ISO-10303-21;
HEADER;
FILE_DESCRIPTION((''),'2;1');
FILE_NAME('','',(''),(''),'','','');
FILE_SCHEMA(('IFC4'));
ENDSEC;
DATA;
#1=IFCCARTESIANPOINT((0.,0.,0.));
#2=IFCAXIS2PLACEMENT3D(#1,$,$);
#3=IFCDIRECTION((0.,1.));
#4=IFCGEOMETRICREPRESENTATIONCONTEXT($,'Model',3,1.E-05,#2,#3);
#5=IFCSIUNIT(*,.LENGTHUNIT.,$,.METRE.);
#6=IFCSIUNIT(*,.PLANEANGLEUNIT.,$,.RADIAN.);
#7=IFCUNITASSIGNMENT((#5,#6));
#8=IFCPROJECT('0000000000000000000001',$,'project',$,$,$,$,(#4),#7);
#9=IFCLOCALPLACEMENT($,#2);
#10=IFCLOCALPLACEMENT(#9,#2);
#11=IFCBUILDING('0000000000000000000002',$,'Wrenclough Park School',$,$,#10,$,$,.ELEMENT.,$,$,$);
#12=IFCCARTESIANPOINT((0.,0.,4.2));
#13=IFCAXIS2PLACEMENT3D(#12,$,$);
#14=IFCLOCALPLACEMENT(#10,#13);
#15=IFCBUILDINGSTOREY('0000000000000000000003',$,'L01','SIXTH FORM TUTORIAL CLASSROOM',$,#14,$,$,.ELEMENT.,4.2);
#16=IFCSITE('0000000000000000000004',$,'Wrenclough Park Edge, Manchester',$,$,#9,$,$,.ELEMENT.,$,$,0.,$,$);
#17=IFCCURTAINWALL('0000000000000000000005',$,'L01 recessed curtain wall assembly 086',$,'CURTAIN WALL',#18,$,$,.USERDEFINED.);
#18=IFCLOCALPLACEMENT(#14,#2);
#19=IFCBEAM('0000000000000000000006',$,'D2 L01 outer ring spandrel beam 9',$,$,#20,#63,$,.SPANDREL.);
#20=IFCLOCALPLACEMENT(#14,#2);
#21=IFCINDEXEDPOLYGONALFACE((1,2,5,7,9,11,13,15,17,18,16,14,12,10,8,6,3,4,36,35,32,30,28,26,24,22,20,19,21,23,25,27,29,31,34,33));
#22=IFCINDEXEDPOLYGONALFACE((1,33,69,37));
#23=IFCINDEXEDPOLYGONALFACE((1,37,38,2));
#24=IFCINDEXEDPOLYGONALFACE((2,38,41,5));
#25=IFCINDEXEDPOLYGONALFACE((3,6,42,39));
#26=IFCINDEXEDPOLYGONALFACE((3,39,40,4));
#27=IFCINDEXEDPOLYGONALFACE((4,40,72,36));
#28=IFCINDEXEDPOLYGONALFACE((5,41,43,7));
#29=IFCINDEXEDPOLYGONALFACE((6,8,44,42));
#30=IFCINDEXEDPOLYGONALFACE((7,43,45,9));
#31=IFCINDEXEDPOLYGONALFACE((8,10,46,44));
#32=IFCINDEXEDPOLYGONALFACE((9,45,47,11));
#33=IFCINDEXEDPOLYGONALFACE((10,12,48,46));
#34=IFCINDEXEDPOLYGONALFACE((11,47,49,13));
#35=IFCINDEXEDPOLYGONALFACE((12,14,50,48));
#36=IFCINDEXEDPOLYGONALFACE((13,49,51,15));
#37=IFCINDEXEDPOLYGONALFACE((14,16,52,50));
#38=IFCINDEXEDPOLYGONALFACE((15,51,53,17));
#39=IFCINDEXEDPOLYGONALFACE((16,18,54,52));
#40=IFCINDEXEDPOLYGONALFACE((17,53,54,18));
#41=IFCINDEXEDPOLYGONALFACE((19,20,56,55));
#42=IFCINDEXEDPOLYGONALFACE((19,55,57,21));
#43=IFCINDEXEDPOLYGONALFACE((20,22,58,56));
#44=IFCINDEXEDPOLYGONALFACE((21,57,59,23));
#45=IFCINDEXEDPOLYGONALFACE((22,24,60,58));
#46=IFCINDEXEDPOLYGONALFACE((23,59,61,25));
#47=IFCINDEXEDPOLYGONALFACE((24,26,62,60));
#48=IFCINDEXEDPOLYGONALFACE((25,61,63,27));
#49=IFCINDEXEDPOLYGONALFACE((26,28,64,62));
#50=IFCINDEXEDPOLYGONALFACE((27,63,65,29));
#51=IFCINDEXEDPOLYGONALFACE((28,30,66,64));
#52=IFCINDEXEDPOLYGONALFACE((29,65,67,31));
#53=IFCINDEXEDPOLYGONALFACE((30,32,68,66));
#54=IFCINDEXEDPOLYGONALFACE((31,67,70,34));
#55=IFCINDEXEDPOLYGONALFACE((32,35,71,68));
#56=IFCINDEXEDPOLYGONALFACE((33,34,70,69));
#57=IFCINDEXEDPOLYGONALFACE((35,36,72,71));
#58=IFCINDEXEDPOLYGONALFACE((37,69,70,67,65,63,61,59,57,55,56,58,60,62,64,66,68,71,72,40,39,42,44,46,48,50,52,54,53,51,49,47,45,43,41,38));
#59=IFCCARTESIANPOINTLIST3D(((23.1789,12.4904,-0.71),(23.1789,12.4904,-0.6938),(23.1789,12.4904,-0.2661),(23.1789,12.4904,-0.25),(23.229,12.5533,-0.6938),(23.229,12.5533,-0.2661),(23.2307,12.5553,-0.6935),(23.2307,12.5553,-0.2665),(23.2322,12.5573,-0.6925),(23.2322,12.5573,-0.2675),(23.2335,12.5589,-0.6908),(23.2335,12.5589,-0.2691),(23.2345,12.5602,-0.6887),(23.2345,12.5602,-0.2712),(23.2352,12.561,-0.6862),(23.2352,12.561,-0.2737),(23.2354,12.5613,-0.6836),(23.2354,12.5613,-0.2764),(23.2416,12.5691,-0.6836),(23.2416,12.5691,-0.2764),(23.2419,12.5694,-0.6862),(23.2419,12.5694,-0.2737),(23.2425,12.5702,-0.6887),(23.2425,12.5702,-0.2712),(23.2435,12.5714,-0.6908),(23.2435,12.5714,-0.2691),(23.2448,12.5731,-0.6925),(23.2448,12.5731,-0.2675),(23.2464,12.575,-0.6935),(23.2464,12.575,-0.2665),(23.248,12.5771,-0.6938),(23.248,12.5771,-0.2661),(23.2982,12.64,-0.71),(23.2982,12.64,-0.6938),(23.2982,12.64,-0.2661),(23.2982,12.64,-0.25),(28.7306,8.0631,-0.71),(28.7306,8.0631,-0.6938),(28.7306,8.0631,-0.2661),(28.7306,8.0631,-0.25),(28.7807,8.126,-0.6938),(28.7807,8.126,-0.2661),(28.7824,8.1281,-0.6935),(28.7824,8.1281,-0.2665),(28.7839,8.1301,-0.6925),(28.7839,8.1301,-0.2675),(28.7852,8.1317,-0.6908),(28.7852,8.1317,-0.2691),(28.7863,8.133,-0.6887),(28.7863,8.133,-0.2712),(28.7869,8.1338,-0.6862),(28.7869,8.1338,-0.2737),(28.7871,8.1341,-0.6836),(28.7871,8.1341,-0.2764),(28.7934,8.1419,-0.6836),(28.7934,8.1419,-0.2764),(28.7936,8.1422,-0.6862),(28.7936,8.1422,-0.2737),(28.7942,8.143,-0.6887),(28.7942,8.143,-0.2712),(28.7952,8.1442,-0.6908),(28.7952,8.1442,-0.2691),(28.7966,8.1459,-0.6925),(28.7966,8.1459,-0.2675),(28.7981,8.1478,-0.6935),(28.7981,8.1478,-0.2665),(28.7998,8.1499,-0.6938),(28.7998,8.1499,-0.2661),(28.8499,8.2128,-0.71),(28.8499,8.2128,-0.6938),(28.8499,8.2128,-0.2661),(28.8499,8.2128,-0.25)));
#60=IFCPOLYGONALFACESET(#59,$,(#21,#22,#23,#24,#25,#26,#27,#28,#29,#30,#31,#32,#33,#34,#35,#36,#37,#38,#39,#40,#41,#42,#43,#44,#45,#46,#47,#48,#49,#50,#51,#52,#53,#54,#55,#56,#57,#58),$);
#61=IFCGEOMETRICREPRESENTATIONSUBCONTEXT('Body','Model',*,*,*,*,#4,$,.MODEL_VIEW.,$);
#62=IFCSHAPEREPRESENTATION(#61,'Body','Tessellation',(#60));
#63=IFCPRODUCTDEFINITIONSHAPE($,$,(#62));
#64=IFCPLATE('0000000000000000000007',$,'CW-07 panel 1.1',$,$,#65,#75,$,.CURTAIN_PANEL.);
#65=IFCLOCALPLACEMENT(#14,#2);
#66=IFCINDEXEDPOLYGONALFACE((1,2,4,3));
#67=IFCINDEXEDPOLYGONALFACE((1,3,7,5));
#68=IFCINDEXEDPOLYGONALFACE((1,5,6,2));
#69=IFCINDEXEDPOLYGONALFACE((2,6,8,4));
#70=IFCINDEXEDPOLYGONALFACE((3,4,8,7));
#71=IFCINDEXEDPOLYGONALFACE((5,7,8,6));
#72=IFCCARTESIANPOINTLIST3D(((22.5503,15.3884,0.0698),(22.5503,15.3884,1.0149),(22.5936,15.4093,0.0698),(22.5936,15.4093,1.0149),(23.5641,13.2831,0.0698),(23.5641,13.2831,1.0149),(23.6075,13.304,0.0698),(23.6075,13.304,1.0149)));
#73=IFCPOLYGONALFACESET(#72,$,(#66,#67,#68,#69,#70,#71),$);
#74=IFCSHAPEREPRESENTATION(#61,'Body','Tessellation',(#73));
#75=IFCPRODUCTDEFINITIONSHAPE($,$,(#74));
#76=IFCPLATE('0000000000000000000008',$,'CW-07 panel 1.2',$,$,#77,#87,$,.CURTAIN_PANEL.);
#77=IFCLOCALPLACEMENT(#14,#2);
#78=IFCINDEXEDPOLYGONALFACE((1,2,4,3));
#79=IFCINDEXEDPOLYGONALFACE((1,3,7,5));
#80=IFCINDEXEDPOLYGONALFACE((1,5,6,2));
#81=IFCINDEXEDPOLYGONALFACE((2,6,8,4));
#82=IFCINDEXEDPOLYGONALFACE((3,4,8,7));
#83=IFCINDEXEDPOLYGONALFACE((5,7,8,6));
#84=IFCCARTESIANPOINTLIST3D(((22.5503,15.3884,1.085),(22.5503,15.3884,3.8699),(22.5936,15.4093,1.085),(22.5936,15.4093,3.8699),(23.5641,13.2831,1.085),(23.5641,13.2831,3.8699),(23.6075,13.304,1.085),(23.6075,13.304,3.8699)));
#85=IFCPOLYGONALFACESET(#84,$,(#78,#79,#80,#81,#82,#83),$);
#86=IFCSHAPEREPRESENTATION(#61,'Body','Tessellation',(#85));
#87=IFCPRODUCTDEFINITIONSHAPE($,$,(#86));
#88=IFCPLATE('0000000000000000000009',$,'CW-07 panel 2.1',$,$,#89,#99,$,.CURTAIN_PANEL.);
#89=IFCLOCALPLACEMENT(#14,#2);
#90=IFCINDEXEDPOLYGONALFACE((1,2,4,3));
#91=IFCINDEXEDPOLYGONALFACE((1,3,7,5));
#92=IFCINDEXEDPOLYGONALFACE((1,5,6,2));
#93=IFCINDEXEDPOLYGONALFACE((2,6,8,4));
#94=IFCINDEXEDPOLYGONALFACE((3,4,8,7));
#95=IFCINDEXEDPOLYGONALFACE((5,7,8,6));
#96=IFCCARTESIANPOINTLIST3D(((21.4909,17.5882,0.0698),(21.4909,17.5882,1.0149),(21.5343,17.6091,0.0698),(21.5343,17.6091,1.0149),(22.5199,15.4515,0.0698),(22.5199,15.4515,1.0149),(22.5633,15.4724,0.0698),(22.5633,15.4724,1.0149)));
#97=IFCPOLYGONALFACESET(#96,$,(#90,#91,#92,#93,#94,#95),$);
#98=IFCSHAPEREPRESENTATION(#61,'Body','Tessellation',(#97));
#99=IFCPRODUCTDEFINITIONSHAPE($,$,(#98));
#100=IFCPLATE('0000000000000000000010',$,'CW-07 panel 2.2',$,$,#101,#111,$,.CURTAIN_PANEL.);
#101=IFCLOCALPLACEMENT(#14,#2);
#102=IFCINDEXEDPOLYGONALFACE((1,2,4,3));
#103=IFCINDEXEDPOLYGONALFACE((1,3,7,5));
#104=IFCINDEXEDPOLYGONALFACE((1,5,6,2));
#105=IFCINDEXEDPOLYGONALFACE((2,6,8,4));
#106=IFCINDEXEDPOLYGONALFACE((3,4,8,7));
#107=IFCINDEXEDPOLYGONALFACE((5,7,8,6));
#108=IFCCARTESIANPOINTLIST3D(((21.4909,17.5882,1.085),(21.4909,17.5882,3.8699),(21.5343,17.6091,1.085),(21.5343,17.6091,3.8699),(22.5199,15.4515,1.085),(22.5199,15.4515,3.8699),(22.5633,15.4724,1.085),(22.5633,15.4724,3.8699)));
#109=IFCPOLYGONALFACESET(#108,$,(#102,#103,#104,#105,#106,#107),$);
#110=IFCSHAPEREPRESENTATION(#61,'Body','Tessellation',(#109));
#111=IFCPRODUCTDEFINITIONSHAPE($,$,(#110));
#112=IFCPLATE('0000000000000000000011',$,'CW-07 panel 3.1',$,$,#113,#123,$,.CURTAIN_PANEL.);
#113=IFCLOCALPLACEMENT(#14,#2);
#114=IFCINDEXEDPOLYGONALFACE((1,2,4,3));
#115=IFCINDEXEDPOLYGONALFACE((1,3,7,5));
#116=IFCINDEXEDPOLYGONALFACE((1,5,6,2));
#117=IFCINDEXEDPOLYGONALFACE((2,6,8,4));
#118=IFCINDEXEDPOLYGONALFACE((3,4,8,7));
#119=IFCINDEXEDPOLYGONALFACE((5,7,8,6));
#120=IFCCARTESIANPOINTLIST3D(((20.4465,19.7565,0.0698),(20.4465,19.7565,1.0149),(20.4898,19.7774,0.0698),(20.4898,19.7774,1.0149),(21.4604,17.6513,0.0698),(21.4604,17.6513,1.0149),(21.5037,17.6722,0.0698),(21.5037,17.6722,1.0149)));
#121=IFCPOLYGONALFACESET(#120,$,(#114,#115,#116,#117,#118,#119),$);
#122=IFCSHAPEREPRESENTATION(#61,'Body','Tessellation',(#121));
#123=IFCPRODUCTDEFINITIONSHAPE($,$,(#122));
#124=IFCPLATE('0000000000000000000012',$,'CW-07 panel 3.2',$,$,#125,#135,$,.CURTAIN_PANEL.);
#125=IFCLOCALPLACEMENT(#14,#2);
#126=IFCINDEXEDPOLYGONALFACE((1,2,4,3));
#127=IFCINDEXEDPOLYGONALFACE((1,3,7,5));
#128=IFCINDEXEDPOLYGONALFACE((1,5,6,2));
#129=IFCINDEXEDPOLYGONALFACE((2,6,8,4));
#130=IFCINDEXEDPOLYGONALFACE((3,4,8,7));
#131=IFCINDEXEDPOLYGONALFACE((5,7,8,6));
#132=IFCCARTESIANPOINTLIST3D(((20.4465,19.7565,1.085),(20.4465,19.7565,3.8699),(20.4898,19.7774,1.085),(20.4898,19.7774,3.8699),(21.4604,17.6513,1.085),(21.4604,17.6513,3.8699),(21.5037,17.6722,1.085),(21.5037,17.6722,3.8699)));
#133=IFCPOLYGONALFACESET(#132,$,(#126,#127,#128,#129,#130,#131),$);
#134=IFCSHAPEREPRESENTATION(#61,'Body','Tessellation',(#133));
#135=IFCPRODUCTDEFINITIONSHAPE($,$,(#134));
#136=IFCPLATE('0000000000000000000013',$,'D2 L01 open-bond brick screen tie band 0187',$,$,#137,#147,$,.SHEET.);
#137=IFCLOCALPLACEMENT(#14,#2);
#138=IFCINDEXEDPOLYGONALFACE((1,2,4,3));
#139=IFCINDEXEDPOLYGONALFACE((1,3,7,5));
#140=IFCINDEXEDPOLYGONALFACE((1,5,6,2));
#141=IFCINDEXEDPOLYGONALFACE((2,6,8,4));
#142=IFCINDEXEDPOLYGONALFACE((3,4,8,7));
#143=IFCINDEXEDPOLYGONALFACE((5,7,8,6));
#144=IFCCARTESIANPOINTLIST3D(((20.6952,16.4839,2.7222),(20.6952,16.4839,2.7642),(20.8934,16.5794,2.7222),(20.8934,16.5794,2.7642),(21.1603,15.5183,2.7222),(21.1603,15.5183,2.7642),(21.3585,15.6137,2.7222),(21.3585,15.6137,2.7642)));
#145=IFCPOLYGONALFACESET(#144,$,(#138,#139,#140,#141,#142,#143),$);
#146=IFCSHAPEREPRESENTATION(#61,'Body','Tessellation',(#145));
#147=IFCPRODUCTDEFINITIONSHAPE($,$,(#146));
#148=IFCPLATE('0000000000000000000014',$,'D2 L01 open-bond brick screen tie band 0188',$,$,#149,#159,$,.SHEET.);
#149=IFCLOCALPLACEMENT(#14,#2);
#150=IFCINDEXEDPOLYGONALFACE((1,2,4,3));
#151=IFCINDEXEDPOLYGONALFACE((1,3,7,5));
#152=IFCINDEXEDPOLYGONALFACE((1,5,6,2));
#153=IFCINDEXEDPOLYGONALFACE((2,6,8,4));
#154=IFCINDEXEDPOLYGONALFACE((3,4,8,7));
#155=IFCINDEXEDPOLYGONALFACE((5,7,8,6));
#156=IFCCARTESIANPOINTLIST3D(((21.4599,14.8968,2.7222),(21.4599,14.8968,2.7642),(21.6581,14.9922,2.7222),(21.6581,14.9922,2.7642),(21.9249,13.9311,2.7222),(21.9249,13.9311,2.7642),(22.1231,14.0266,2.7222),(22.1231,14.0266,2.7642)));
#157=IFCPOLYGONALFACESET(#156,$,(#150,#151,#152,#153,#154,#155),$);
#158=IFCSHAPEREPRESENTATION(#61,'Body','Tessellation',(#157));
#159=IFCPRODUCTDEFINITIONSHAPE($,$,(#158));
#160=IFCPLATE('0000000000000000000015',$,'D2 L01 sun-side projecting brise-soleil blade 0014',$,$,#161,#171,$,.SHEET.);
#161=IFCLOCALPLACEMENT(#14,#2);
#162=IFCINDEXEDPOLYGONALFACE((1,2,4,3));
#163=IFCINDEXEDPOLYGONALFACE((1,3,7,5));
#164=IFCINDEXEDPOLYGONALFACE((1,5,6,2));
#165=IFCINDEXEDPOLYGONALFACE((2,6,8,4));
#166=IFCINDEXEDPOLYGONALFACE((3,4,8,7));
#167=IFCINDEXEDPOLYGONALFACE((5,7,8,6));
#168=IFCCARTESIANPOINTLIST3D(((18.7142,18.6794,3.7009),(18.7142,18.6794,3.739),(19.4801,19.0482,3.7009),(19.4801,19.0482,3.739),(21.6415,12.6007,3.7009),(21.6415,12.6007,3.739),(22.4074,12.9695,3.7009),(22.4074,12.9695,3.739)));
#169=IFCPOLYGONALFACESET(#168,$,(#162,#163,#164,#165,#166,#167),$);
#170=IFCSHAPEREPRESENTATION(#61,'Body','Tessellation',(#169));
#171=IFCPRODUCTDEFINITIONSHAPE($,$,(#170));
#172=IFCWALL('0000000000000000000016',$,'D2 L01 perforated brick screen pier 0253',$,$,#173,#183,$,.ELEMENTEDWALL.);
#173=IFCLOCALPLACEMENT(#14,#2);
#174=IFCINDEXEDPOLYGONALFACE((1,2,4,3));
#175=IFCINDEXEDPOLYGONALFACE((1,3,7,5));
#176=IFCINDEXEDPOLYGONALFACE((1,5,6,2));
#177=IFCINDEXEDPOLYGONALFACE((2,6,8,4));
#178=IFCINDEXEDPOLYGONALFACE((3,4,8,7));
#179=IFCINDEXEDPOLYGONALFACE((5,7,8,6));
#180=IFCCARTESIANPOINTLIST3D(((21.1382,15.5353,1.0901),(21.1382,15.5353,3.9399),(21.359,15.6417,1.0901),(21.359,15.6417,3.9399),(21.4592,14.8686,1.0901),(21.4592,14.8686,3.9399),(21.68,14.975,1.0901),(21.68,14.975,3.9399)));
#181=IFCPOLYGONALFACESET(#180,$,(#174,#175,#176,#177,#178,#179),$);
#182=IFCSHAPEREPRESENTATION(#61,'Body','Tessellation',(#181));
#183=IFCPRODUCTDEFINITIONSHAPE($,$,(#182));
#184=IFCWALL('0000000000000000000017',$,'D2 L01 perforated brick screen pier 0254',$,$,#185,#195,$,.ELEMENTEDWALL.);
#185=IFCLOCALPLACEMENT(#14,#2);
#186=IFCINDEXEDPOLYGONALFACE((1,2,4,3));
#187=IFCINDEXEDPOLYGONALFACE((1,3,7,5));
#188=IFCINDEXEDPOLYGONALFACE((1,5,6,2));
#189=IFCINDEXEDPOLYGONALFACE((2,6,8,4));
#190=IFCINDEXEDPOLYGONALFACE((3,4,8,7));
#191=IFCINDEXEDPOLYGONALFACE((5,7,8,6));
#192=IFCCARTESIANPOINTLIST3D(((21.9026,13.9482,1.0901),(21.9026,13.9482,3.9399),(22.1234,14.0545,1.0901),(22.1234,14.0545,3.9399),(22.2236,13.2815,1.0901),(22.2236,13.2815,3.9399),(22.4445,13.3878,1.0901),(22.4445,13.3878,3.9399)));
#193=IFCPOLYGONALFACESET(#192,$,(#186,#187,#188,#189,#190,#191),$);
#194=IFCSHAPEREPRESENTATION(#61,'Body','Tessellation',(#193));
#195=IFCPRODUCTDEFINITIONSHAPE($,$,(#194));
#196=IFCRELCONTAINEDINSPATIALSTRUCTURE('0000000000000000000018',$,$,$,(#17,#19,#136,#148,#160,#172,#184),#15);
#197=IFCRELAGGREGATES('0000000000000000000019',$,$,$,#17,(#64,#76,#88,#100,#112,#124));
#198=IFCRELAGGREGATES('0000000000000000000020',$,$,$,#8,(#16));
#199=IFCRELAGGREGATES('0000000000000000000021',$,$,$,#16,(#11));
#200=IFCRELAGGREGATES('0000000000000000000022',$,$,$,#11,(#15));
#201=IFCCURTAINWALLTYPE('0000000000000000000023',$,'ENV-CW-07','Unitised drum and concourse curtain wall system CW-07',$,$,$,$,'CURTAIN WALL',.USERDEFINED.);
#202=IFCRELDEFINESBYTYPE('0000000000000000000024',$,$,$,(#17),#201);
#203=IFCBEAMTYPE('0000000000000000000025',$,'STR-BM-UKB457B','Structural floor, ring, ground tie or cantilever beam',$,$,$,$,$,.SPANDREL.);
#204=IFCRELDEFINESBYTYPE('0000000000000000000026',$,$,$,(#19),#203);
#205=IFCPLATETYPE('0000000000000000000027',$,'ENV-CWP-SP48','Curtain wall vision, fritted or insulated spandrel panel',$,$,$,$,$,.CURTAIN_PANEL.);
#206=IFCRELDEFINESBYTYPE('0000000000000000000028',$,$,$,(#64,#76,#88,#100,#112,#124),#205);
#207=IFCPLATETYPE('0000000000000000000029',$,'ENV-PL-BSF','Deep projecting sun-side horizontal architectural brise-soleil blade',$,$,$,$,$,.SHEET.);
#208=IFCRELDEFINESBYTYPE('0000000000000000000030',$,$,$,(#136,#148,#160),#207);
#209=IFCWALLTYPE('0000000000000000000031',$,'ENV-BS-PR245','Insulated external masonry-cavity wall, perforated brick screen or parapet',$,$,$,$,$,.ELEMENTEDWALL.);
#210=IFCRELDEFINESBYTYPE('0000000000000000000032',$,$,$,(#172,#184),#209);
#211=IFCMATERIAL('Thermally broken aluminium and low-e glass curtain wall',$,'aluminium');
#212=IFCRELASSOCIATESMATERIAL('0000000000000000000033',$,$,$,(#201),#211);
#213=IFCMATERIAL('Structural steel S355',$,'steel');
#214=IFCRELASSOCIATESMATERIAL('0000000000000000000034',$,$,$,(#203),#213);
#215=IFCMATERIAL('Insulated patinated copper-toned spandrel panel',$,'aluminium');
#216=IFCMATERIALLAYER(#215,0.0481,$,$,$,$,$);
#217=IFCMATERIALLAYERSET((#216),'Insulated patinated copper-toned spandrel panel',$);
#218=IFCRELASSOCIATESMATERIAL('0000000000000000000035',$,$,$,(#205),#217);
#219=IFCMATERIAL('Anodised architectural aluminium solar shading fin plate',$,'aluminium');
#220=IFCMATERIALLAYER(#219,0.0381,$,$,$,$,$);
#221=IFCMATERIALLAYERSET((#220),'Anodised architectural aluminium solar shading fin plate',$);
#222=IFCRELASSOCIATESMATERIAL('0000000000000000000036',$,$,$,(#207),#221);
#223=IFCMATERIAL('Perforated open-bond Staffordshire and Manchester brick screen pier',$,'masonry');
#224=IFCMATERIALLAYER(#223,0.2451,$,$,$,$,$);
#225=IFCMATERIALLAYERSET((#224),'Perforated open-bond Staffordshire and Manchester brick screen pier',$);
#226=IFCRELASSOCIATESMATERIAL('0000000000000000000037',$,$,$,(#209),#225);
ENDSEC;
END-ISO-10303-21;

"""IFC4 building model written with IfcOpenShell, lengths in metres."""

from ifc_helpers import new_model, si_unit, direction, frame, frame_2d, origin, origin_2d, place, context, subcontext, project, spatial, rectangle, i_section, extrude, material, layer, layer_set, material_profile, profile_set, type_object, element, aggregate, save


model = new_model("IFC4")

# Units and contexts
model_context = context("Model", 3, precision=1e-05, world=origin(), true_north=direction((0.0, 1.0)))
body_context = subcontext(model_context, "Body", "Model", "MODEL_VIEW")
ifc_project = project(units=[si_unit("LENGTHUNIT", "METRE"), si_unit("PLANEANGLEUNIT", "RADIAN")], contexts=[model_context])

# Site, building, storey
site_placement = place(None, origin())
site = spatial("IfcSite", under=ifc_project, at=site_placement, Name="Wrenclough Park Edge, Manchester", CompositionType="ELEMENT", RefElevation=0.0)
building_placement = place(site_placement, origin())
building = spatial("IfcBuilding", under=site, at=building_placement, Name="Wrenclough Park School", CompositionType="ELEMENT")
storey_placement = place(building_placement, frame((0.0, 0.0, 4.2)))
storey = spatial("IfcBuildingStorey", under=building, at=storey_placement, Name="L01", Description="SIXTH FORM TUTORIAL CLASSROOM", CompositionType="ELEMENT", Elevation=4.2)

# Curtain wall
ifc_material_1 = material(Name="Thermally broken aluminium and low-e glass curtain wall", Category="aluminium")
curtain_wall_type = type_object("IfcCurtainWallType", Name="ENV-CW-07", Description="Unitised drum and concourse curtain wall system CW-07", ElementType="CURTAIN WALL", PredefinedType="USERDEFINED", material=ifc_material_1)
curtain_wall_placement = place(storey_placement, origin())
curtain_wall = element("IfcCurtainWall", 1, at=curtain_wall_placement, inside=storey, type_object=curtain_wall_type, Name="L01 recessed curtain wall assembly 086", ObjectType="CURTAIN WALL", PredefinedType="USERDEFINED")

# Beam
ifc_material_2 = material(Name="Structural steel S355", Category="steel")
ifc_material_profile_1 = material_profile(ifc_material_2, i_section(OverallWidth=0.1914, OverallDepth=0.46, WebThickness=0.01, FlangeThickness=0.0161, FilletRadius=0.0103, at=origin_2d()), Name="UKB 457x191x82")
ifc_profile_set_1 = profile_set([ifc_material_profile_1], Name="Structural steel S355")
beam_type = type_object("IfcBeamType", Name="STR-BM-UKB457B", Description="Structural floor, ring, ground tie or cantilever beam", PredefinedType="SPANDREL", material=ifc_profile_set_1)
beam_placement = place(storey_placement, frame((23.2385, 12.5652, -0.48), z_axis=(0.781841, -0.623478, 0.0), x_axis=(0.623478, 0.781841, 0.0)))
element("IfcBeam", 2, at=beam_placement, inside=storey, type_object=beam_type, Name="D2 L01 outer ring spandrel beam 9", PredefinedType="SPANDREL", context=body_context, shape_type="SweptSolid", body=[
    extrude(i_section(OverallWidth=0.1914, OverallDepth=0.46, WebThickness=0.01, FlangeThickness=0.0161, FilletRadius=0.0103, at=origin_2d()), origin(), (0.0, 0.0, 1.0), 7.1008),
])

# Plates
ifc_material_3 = material(Name="Insulated patinated copper-toned spandrel panel", Category="aluminium")
ifc_layer_1 = layer(ifc_material_3, 0.0481)
ifc_layer_set_1 = layer_set([ifc_layer_1], Name="Insulated patinated copper-toned spandrel panel")
plate_type_1 = type_object("IfcPlateType", Name="ENV-CWP-SP48", Description="Curtain wall vision, fritted or insulated spandrel panel", PredefinedType="CURTAIN_PANEL", material=ifc_layer_set_1)
plate_1_placement = place(storey_placement, frame((23.0789, 14.3462, 0.0698), z_axis=(0.0, 0.0, 1.0), x_axis=(-0.433895, 0.900964, 0.0)))
plate_1 = element("IfcPlate", 3, at=plate_1_placement, type_object=plate_type_1, Name="CW-07 panel 1.1", PredefinedType="CURTAIN_PANEL", context=body_context, shape_type="SweptSolid", body=[
    extrude(rectangle(XDim=2.3367, YDim=0.0481, at=origin_2d()), origin(), (0.0, 0.0, 1.0), 0.9451),
])
plate_2_placement = place(storey_placement, frame((23.0789, 14.3462, 1.085), z_axis=(0.0, 0.0, 1.0), x_axis=(-0.433895, 0.900964, 0.0)))
plate_2 = element("IfcPlate", 4, at=plate_2_placement, type_object=plate_type_1, Name="CW-07 panel 1.2", PredefinedType="CURTAIN_PANEL", context=body_context, shape_type="SweptSolid", body=[
    extrude(rectangle(XDim=2.3367, YDim=0.0481, at=origin_2d()), origin(), (0.0, 0.0, 1.0), 2.7849),
])
plate_3_placement = place(storey_placement, frame((22.0271, 16.5303, 0.0698), z_axis=(0.0, 0.0, 1.0), x_axis=(-0.433895, 0.900964, 0.0)))
plate_3 = element("IfcPlate", 5, at=plate_3_placement, type_object=plate_type_1, Name="CW-07 panel 2.1", PredefinedType="CURTAIN_PANEL", context=body_context, shape_type="SweptSolid", body=[
    extrude(rectangle(XDim=2.3716, YDim=0.0481, at=origin_2d()), origin(), (0.0, 0.0, 1.0), 0.9451),
])
plate_4_placement = place(storey_placement, frame((22.0271, 16.5303, 1.085), z_axis=(0.0, 0.0, 1.0), x_axis=(-0.433895, 0.900964, 0.0)))
plate_4 = element("IfcPlate", 6, at=plate_4_placement, type_object=plate_type_1, Name="CW-07 panel 2.2", PredefinedType="CURTAIN_PANEL", context=body_context, shape_type="SweptSolid", body=[
    extrude(rectangle(XDim=2.3716, YDim=0.0481, at=origin_2d()), origin(), (0.0, 0.0, 1.0), 2.7849),
])
plate_5_placement = place(storey_placement, frame((20.9751, 18.7144, 0.0698), z_axis=(0.0, 0.0, 1.0), x_axis=(-0.433895, 0.900964, 0.0)))
plate_5 = element("IfcPlate", 7, at=plate_5_placement, type_object=plate_type_1, Name="CW-07 panel 3.1", PredefinedType="CURTAIN_PANEL", context=body_context, shape_type="SweptSolid", body=[
    extrude(rectangle(XDim=2.3367, YDim=0.0481, at=origin_2d()), origin(), (0.0, 0.0, 1.0), 0.9451),
])
plate_6_placement = place(storey_placement, frame((20.9751, 18.7144, 1.085), z_axis=(0.0, 0.0, 1.0), x_axis=(-0.433895, 0.900964, 0.0)))
plate_6 = element("IfcPlate", 8, at=plate_6_placement, type_object=plate_type_1, Name="CW-07 panel 3.2", PredefinedType="CURTAIN_PANEL", context=body_context, shape_type="SweptSolid", body=[
    extrude(rectangle(XDim=2.3367, YDim=0.0481, at=origin_2d()), origin(), (0.0, 0.0, 1.0), 2.7849),
])
aggregate(curtain_wall, [plate_1, plate_2, plate_3, plate_4, plate_5, plate_6])

# Plates
ifc_material_4 = material(Name="Anodised architectural aluminium solar shading fin plate", Category="aluminium")
ifc_layer_2 = layer(ifc_material_4, 0.0381)
ifc_layer_set_2 = layer_set([ifc_layer_2], Name="Anodised architectural aluminium solar shading fin plate")
plate_type_2 = type_object("IfcPlateType", Name="ENV-PL-BSF", Description="Deep projecting sun-side horizontal architectural brise-soleil blade", PredefinedType="SHEET", material=ifc_layer_set_2)
for number, where, z_axis, x_axis, name in (
    (9, (21.0269, 16.0488, 2.7222), (0.0, 0.0, 1.0), (0.433882, -0.90097, 0.0), "D2 L01 open-bond brick screen tie band 0187"),
    (10, (21.7915, 14.4617, 2.7222), (0.0, 0.0, 1.0), (0.433882, -0.90097, 0.0), "D2 L01 open-bond brick screen tie band 0188"),
):
    element("IfcPlate", number, at=place(storey_placement, frame(where, z_axis=z_axis, x_axis=x_axis)), inside=storey, type_object=plate_type_2, Name=name, PredefinedType="SHEET", context=body_context, shape_type="SweptSolid", body=[
        extrude(rectangle(XDim=1.0718, YDim=0.22, at=origin_2d()), origin(), (0.0, 0.0, 1.0), 0.042),
    ])
plate_7_placement = place(storey_placement, frame((20.5608, 15.8245, 3.7009), z_axis=(0.0, 0.0, 1.0), x_axis=(0.433882, -0.90097, 0.0)))
element("IfcPlate", 11, at=plate_7_placement, inside=storey, type_object=plate_type_2, Name="D2 L01 sun-side projecting brise-soleil blade 0014", PredefinedType="SHEET", context=body_context, shape_type="SweptSolid", body=[
    extrude(rectangle(XDim=6.7468, YDim=0.8501, at=origin_2d()), origin(), (0.0, 0.0, 1.0), 0.0381),
])

# Walls
ifc_material_5 = material(Name="Perforated open-bond Staffordshire and Manchester brick screen pier", Category="masonry")
ifc_layer_3 = layer(ifc_material_5, 0.2451)
ifc_layer_set_3 = layer_set([ifc_layer_3], Name="Perforated open-bond Staffordshire and Manchester brick screen pier")
wall_type = type_object("IfcWallType", Name="ENV-BS-PR245", Description="Insulated external masonry-cavity wall, perforated brick screen or parapet", PredefinedType="ELEMENTEDWALL", material=ifc_layer_set_3)
for number, where, z_axis, x_axis, name in (
    (12, (21.2485, 15.5886, 1.0901), (0.0, 0.0, 1.0), (0.433835, -0.900992, 0.0), "D2 L01 perforated brick screen pier 0253"),
    (13, (22.0129, 14.0015, 1.0901), (0.0, 0.0, 1.0), (0.433835, -0.900992, 0.0), "D2 L01 perforated brick screen pier 0254"),
):
    element("IfcWall", number, at=place(storey_placement, frame(where, z_axis=z_axis, x_axis=x_axis)), inside=storey, type_object=wall_type, Name=name, PredefinedType="ELEMENTEDWALL", context=body_context, shape_type="SweptSolid", body=[
        extrude(rectangle(XDim=0.74, YDim=0.2451, at=frame_2d((0.3701, 0.0))), origin(), (0.0, 0.0, 1.0), 2.8499),
    ])

save(model, "model.ifc")
